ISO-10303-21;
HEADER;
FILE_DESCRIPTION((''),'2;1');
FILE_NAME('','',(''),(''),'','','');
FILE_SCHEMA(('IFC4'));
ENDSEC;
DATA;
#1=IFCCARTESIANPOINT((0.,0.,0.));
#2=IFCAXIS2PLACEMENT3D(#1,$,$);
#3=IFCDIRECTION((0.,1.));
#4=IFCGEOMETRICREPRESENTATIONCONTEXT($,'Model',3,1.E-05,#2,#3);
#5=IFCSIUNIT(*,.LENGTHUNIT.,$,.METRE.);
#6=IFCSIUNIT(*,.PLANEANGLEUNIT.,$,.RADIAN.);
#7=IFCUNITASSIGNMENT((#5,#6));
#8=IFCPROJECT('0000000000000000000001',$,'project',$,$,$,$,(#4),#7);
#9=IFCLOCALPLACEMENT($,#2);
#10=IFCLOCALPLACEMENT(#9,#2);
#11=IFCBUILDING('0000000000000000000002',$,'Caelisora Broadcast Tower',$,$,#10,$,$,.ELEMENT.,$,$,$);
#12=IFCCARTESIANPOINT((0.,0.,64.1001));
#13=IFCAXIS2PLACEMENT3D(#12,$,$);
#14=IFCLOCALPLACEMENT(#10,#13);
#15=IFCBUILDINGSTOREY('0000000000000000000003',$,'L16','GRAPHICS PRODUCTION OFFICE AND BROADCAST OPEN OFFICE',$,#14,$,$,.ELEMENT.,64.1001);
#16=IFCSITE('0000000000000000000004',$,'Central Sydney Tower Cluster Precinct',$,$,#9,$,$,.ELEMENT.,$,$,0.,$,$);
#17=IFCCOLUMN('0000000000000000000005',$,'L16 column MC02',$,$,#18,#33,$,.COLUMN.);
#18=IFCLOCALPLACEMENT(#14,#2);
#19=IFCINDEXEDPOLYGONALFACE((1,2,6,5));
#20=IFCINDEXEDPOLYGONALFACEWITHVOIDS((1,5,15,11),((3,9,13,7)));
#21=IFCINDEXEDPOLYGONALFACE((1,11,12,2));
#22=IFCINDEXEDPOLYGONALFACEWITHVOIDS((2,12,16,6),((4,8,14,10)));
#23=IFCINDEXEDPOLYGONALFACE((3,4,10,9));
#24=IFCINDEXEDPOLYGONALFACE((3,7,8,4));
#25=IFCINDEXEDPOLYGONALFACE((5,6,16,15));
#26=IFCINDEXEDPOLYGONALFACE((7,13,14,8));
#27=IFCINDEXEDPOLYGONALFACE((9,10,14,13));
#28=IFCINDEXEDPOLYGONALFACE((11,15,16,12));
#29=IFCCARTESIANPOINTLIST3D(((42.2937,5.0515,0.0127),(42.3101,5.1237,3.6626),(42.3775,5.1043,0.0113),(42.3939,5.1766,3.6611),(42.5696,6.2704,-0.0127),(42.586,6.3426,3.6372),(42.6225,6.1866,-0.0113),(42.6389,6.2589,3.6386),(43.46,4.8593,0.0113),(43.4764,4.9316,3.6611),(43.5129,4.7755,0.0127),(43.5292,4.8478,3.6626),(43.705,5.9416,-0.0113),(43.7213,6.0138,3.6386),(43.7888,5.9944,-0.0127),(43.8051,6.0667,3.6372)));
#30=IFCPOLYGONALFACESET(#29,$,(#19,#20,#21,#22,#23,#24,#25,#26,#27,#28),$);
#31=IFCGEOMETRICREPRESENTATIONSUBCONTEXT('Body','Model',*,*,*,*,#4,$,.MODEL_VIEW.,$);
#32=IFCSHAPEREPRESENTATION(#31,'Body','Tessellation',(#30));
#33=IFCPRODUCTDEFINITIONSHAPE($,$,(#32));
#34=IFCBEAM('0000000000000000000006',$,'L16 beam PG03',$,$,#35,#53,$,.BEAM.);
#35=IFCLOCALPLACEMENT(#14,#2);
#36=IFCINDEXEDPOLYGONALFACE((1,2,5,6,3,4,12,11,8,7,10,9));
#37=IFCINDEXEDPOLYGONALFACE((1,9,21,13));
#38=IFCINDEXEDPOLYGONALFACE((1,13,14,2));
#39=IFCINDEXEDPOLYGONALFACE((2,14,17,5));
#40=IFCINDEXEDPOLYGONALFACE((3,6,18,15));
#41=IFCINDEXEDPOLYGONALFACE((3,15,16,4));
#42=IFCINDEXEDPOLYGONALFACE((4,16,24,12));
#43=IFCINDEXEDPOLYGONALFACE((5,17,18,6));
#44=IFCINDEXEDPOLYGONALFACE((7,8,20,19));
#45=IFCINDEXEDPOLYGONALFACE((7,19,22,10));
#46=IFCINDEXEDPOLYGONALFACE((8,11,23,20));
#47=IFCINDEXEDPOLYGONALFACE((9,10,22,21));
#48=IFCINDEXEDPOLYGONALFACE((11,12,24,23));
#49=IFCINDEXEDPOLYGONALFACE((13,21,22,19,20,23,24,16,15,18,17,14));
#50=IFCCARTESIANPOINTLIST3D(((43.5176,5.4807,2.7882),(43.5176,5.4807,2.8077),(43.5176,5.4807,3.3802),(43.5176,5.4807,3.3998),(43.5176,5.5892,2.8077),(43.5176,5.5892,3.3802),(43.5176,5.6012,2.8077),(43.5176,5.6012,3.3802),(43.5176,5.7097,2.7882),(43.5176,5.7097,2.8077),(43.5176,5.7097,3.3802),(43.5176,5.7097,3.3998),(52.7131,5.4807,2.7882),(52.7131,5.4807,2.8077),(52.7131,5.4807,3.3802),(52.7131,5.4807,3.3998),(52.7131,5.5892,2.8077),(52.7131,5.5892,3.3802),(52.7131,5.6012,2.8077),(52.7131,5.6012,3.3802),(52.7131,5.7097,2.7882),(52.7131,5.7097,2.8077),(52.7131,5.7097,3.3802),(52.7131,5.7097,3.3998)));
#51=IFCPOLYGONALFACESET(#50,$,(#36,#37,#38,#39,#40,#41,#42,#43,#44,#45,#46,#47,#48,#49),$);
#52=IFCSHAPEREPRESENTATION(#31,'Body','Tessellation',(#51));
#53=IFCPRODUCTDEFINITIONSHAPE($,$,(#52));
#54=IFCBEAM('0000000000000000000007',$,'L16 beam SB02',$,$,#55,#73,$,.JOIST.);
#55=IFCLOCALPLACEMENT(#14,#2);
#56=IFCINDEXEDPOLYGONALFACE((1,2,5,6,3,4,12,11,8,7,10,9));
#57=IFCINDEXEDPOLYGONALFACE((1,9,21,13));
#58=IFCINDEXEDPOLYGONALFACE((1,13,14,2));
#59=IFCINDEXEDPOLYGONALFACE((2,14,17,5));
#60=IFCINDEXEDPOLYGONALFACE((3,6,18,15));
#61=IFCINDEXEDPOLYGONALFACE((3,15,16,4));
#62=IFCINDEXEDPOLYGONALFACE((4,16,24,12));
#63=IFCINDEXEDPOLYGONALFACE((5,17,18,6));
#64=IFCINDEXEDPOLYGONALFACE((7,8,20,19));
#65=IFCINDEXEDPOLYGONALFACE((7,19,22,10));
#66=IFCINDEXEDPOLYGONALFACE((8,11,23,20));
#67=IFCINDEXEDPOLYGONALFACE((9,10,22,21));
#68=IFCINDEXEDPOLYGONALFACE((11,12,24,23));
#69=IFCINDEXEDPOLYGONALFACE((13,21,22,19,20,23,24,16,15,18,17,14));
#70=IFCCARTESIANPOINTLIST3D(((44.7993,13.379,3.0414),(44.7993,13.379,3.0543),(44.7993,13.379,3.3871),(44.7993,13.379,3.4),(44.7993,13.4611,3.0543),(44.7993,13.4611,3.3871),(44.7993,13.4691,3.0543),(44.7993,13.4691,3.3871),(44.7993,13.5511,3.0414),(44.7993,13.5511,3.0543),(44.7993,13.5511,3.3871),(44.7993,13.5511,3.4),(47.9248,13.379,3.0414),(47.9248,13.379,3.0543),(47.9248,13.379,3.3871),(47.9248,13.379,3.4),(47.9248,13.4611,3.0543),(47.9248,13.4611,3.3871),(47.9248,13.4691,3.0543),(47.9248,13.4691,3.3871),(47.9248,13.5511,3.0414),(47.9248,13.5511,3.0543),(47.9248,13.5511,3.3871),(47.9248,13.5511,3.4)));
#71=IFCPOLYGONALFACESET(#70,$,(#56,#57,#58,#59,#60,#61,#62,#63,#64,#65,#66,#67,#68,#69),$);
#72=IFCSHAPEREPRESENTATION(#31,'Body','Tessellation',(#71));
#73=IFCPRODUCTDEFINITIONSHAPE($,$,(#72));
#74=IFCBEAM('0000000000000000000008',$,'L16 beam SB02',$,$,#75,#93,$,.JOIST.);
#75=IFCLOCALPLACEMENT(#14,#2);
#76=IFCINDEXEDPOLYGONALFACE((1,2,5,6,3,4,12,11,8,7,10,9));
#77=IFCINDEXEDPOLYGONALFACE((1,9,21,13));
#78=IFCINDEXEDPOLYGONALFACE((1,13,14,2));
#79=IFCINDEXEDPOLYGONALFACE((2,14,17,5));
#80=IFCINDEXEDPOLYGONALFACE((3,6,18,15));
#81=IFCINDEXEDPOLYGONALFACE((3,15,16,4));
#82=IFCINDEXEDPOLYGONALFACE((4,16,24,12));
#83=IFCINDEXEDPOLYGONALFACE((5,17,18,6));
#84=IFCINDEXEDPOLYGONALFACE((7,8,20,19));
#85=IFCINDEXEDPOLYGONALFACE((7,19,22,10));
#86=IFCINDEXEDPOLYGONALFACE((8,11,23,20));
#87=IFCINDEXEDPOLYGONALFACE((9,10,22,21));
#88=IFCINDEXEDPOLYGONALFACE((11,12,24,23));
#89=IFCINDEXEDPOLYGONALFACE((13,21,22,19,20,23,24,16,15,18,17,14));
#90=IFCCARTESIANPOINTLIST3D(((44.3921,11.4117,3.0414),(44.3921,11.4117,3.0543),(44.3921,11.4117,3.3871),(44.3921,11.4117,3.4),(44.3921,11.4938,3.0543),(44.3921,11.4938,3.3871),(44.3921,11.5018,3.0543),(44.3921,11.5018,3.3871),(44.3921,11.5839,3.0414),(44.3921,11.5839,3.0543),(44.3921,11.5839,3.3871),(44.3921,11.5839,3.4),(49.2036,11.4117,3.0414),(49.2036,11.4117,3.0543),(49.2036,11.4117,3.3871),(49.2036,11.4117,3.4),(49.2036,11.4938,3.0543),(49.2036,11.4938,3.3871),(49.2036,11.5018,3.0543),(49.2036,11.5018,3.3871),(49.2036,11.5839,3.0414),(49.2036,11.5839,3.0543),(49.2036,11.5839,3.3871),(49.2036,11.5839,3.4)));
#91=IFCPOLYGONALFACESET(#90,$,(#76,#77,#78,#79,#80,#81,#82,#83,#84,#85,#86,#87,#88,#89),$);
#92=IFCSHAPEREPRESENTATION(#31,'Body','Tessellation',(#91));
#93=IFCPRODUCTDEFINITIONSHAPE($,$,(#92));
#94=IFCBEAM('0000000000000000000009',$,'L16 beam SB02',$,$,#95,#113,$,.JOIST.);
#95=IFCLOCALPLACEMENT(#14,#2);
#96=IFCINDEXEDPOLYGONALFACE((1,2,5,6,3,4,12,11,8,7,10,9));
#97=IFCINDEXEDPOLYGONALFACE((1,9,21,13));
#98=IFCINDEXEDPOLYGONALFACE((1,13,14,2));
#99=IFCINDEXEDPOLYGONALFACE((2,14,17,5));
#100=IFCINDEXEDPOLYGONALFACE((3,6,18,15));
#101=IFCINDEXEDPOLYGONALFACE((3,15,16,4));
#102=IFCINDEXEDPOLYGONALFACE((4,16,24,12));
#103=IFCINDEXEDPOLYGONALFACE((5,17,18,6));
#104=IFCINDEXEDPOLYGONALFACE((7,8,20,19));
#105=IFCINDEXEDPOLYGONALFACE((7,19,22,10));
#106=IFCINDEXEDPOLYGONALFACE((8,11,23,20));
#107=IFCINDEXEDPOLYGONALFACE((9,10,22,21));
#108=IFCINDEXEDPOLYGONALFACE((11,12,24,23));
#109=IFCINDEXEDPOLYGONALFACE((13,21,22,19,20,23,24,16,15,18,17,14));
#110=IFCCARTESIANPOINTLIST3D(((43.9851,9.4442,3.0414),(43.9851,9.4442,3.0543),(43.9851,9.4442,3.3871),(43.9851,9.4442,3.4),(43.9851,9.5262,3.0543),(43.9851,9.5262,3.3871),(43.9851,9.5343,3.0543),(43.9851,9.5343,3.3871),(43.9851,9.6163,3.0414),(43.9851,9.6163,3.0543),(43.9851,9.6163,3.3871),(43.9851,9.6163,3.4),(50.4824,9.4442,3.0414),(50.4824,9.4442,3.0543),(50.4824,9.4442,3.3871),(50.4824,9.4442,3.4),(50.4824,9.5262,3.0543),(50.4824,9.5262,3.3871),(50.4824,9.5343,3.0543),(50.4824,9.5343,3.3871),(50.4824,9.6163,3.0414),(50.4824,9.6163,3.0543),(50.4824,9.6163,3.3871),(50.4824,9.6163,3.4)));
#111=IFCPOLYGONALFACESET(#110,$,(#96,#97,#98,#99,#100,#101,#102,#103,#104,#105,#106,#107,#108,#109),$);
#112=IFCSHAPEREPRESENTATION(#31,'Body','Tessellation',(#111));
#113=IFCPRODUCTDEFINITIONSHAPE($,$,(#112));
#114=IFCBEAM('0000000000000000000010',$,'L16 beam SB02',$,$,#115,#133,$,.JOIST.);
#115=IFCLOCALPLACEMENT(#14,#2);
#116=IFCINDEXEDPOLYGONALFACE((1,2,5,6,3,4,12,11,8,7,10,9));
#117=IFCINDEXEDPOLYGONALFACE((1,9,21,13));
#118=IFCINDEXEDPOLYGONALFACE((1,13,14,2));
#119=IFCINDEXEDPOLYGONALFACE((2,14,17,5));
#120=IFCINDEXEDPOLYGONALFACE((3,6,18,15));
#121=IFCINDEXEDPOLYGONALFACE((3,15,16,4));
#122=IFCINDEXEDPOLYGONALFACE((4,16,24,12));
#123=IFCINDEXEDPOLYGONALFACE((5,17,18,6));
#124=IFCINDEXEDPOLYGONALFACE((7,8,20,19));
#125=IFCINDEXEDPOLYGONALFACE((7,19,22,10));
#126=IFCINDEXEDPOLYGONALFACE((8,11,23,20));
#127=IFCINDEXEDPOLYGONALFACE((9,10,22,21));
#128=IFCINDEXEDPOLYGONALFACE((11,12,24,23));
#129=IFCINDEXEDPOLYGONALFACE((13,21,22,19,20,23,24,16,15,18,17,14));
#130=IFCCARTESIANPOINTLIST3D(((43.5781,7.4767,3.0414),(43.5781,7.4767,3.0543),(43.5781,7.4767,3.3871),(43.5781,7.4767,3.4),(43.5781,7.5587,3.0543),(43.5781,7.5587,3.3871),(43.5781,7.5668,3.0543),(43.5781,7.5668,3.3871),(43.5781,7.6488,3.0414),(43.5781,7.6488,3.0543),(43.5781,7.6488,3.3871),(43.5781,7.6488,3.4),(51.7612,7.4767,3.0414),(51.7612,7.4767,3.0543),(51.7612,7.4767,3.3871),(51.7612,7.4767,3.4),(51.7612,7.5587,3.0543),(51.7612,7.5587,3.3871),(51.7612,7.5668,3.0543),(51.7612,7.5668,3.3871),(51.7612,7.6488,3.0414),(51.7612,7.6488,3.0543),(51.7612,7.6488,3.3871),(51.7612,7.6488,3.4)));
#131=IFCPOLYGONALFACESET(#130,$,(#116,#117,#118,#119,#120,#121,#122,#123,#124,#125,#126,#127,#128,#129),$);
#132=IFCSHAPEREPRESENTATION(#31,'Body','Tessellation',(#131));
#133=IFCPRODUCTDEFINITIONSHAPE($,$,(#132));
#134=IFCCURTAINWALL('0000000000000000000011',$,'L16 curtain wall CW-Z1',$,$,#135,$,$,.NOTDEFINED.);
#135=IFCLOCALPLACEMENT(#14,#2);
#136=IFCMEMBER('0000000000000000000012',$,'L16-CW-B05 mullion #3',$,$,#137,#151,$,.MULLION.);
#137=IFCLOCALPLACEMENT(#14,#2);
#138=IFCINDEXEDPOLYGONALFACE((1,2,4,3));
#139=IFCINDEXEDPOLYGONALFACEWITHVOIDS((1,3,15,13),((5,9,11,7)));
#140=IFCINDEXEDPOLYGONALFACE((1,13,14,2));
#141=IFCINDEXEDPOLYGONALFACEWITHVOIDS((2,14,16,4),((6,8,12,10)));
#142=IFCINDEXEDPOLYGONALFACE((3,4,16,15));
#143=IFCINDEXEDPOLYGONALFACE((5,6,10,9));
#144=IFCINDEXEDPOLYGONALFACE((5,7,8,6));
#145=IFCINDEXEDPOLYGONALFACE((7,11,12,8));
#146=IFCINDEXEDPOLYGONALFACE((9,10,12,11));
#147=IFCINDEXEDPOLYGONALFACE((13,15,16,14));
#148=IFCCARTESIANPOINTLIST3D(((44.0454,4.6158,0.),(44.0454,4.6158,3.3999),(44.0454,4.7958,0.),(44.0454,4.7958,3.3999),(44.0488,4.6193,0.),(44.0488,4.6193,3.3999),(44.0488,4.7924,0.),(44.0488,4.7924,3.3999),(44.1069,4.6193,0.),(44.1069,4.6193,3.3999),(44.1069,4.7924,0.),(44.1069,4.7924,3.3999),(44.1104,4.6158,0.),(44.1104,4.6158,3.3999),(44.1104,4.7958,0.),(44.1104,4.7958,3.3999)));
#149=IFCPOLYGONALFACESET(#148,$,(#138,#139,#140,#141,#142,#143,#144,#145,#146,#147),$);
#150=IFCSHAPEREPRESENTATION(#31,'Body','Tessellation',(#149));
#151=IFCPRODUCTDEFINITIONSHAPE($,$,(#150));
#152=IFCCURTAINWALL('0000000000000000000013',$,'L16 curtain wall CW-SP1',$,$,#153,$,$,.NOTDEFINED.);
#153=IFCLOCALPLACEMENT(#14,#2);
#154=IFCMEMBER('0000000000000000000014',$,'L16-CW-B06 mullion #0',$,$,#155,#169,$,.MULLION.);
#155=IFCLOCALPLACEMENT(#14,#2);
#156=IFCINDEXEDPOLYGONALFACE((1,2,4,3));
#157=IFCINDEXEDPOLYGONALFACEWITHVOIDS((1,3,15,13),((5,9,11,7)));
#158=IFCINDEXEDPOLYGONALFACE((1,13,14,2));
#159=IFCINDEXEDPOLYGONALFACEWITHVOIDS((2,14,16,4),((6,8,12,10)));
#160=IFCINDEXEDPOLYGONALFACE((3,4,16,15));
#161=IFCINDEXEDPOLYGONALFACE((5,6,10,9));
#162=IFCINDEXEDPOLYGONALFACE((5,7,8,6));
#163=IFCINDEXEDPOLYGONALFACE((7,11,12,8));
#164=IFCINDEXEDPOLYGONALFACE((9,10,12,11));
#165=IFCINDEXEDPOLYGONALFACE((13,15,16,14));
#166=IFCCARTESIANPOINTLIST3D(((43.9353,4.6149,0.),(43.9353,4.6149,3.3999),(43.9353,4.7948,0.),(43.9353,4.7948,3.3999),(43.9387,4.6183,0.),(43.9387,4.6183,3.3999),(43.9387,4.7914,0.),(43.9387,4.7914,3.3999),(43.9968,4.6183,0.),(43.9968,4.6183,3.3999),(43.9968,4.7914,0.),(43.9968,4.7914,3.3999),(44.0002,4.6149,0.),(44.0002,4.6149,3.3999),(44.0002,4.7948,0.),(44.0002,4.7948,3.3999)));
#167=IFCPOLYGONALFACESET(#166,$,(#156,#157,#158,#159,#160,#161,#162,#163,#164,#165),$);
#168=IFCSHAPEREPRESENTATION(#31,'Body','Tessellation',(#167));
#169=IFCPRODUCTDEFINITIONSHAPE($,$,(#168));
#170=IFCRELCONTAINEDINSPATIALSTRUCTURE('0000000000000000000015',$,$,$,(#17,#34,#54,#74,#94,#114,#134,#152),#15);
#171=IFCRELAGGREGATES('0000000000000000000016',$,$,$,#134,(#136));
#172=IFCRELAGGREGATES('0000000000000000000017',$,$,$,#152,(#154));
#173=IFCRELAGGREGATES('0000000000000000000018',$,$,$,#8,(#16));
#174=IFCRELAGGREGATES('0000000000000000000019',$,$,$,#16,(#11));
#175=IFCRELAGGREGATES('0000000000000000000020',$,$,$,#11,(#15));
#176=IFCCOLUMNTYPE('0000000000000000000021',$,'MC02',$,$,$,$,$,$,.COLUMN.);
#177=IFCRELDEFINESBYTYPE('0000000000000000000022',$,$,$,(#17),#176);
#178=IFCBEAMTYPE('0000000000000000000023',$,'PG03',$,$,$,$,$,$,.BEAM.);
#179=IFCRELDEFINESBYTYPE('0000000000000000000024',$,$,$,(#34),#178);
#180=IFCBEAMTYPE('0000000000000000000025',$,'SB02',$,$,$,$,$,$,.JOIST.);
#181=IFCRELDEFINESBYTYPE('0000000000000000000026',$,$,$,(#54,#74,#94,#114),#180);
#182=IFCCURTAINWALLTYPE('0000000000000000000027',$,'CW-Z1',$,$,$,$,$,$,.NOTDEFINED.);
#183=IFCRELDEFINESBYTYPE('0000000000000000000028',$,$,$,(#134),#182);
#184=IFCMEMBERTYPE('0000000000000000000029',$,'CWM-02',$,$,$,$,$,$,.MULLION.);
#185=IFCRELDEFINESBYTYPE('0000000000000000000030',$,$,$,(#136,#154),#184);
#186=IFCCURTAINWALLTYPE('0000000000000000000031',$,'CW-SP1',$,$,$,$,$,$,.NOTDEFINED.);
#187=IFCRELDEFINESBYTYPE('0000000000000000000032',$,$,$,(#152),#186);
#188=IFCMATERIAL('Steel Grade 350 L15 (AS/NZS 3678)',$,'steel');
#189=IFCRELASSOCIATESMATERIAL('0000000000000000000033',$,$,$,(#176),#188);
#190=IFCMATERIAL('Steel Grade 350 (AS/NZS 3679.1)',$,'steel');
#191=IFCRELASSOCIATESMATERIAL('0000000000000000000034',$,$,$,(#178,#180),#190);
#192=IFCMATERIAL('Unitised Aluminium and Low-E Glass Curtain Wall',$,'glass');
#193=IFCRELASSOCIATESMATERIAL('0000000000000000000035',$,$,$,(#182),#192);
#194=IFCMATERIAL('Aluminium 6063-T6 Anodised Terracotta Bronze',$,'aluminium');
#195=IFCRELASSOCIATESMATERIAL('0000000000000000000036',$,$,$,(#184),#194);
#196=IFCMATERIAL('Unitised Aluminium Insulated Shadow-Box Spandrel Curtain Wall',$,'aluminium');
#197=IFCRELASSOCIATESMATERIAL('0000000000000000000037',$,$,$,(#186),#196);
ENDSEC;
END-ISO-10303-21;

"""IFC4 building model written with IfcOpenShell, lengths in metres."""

from ifc_helpers import new_model, si_unit, direction, frame, origin, origin_2d, place, context, subcontext, project, spatial, hollow_rectangle, i_section, extrude, source, transform, mapped, material, material_profile, profile_set, type_object, type_shapes, element, aggregate, save


model = new_model("IFC4")

# Units and contexts
model_context = context("Model", 3, precision=1e-05, world=origin(), true_north=direction((0.0, 1.0)))
body_context = subcontext(model_context, "Body", "Model", "MODEL_VIEW")
ifc_project = project(units=[si_unit("LENGTHUNIT", "METRE"), si_unit("PLANEANGLEUNIT", "RADIAN")], contexts=[model_context])

# Site, building, storey
site_placement = place(None, origin())
site = spatial("IfcSite", under=ifc_project, at=site_placement, Name="Central Sydney Tower Cluster Precinct", CompositionType="ELEMENT", RefElevation=0.0)
building_placement = place(site_placement, origin())
building = spatial("IfcBuilding", under=site, at=building_placement, Name="Caelisora Broadcast Tower", CompositionType="ELEMENT")
storey_placement = place(building_placement, frame((0.0, 0.0, 64.1001)))
storey = spatial("IfcBuildingStorey", under=building, at=storey_placement, Name="L16", Description="GRAPHICS PRODUCTION OFFICE AND BROADCAST OPEN OFFICE", CompositionType="ELEMENT", Elevation=64.1001)

# Column
ifc_material_1 = material(Name="Steel Grade 350 L15 (AS/NZS 3678)", Category="steel")
ifc_material_profile_1 = material_profile(ifc_material_1, hollow_rectangle(XDim=1.25, YDim=1.25, WallThickness=0.0701, at=origin_2d()), Name="Steel Grade 350 L15 (AS/NZS 3678)")
ifc_profile_set_1 = profile_set([ifc_material_profile_1], Name="Steel Grade 350 L15 (AS/NZS 3678)")
column_type = type_object("IfcColumnType", Name="MC02", PredefinedType="COLUMN", material=ifc_profile_set_1)
shared_shape_1 = source(origin(), body_context, "Body", "SweptSolid", [
    extrude(hollow_rectangle(XDim=1.25, YDim=1.25, WallThickness=0.0701, at=origin_2d()), origin(), (0.0, 0.0, 1.0), 3.6506),
])
type_shapes(column_type, [shared_shape_1])
column_placement = place(storey_placement, frame((43.0413, 5.5229, 0.0), z_axis=(0.004481, 0.019795, 0.999794), x_axis=(-0.975327, 0.220767, 0.0)))
element("IfcColumn", 1, at=column_placement, inside=storey, type_object=column_type, Name="L16 column MC02", PredefinedType="COLUMN", context=body_context, shape_type="MappedRepresentation", body=[
    mapped(shared_shape_1, transform((0.0, 0.0, 0.0), scale=1.0)),
])

# Beams
ifc_material_2 = material(Name="Steel Grade 350 (AS/NZS 3679.1)", Category="steel")
ifc_material_profile_2 = material_profile(ifc_material_2, i_section(OverallWidth=0.229, OverallDepth=0.6116, WebThickness=0.012, FlangeThickness=0.0195, at=origin_2d()), Name="Steel Grade 350 (AS/NZS 3679.1)")
ifc_profile_set_2 = profile_set([ifc_material_profile_2], Name="Steel Grade 350 (AS/NZS 3679.1)")
beam_type_1 = type_object("IfcBeamType", Name="PG03", PredefinedType="BEAM", material=ifc_profile_set_2)
shared_shape_2 = source(origin(), body_context, "Body", "SweptSolid", [
    extrude(i_section(OverallWidth=0.229, OverallDepth=0.6116, WebThickness=0.012, FlangeThickness=0.0195, at=origin_2d()), origin(), (0.0, 0.0, 1.0), 9.1956),
])
type_shapes(beam_type_1, [shared_shape_2])
beam_1_placement = place(storey_placement, frame((43.5176, 5.5952, 3.094), z_axis=(1.0, 0.0, 0.0), x_axis=(0.0, 1.0, 0.0)))
element("IfcBeam", 2, at=beam_1_placement, inside=storey, type_object=beam_type_1, Name="L16 beam PG03", PredefinedType="BEAM", context=body_context, shape_type="MappedRepresentation", body=[
    mapped(shared_shape_2, transform((0.0, 0.0, 0.0), scale=1.0)),
])
ifc_material_profile_3 = material_profile(ifc_material_2, i_section(OverallWidth=0.1721, OverallDepth=0.3586, WebThickness=0.0081, FlangeThickness=0.0129, at=origin_2d()), Name="Steel Grade 350 (AS/NZS 3679.1)")
ifc_profile_set_3 = profile_set([ifc_material_profile_3], Name="Steel Grade 350 (AS/NZS 3679.1)")
beam_type_2 = type_object("IfcBeamType", Name="SB02", PredefinedType="JOIST", material=ifc_profile_set_3)
shared_shape_3 = source(origin(), body_context, "Body", "SweptSolid", [
    extrude(i_section(OverallWidth=0.1721, OverallDepth=0.3586, WebThickness=0.0081, FlangeThickness=0.0129, at=origin_2d()), origin(), (0.0, 0.0, 1.0), 3.1255),
])
beam_2_placement = place(storey_placement, frame((44.7993, 13.4651, 3.2207), z_axis=(1.0, 0.0, 0.0), x_axis=(0.0, 1.0, 0.0)))
element("IfcBeam", 3, at=beam_2_placement, inside=storey, type_object=beam_type_2, Name="L16 beam SB02", PredefinedType="JOIST", context=body_context, shape_type="MappedRepresentation", body=[
    mapped(shared_shape_3, transform((0.0, 0.0, 0.0), scale=1.0)),
])
shared_shape_4 = source(origin(), body_context, "Body", "SweptSolid", [
    extrude(i_section(OverallWidth=0.1721, OverallDepth=0.3586, WebThickness=0.0081, FlangeThickness=0.0129, at=origin_2d()), origin(), (0.0, 0.0, 1.0), 4.8115),
])
beam_3_placement = place(storey_placement, frame((44.3921, 11.4978, 3.2207), z_axis=(1.0, 0.0, 0.0), x_axis=(0.0, 1.0, 0.0)))
element("IfcBeam", 4, at=beam_3_placement, inside=storey, type_object=beam_type_2, Name="L16 beam SB02", PredefinedType="JOIST", context=body_context, shape_type="MappedRepresentation", body=[
    mapped(shared_shape_4, transform((0.0, 0.0, 0.0), scale=1.0)),
])
shared_shape_5 = source(origin(), body_context, "Body", "SweptSolid", [
    extrude(i_section(OverallWidth=0.1721, OverallDepth=0.3586, WebThickness=0.0081, FlangeThickness=0.0129, at=origin_2d()), origin(), (0.0, 0.0, 1.0), 6.4973),
])
beam_4_placement = place(storey_placement, frame((43.9851, 9.5303, 3.2207), z_axis=(1.0, 0.0, 0.0), x_axis=(0.0, 1.0, 0.0)))
element("IfcBeam", 5, at=beam_4_placement, inside=storey, type_object=beam_type_2, Name="L16 beam SB02", PredefinedType="JOIST", context=body_context, shape_type="MappedRepresentation", body=[
    mapped(shared_shape_5, transform((0.0, 0.0, 0.0), scale=1.0)),
])
shared_shape_6 = source(origin(), body_context, "Body", "SweptSolid", [
    extrude(i_section(OverallWidth=0.1721, OverallDepth=0.3586, WebThickness=0.0081, FlangeThickness=0.0129, at=origin_2d()), origin(), (0.0, 0.0, 1.0), 8.1831),
])
type_shapes(beam_type_2, [shared_shape_3, shared_shape_4, shared_shape_5, shared_shape_6])
beam_5_placement = place(storey_placement, frame((43.5781, 7.5627, 3.2207), z_axis=(1.0, 0.0, 0.0), x_axis=(0.0, 1.0, 0.0)))
element("IfcBeam", 6, at=beam_5_placement, inside=storey, type_object=beam_type_2, Name="L16 beam SB02", PredefinedType="JOIST", context=body_context, shape_type="MappedRepresentation", body=[
    mapped(shared_shape_6, transform((0.0, 0.0, 0.0), scale=1.0)),
])

# Curtain wall, member
ifc_material_3 = material(Name="Unitised Aluminium and Low-E Glass Curtain Wall", Category="glass")
curtain_wall_type_1 = type_object("IfcCurtainWallType", Name="CW-Z1", PredefinedType="NOTDEFINED", material=ifc_material_3)
curtain_wall_1_placement = place(storey_placement, origin())
curtain_wall_1 = element("IfcCurtainWall", 7, at=curtain_wall_1_placement, inside=storey, type_object=curtain_wall_type_1, Name="L16 curtain wall CW-Z1", PredefinedType="NOTDEFINED")
ifc_material_4 = material(Name="Aluminium 6063-T6 Anodised Terracotta Bronze", Category="aluminium")
ifc_material_profile_4 = material_profile(ifc_material_4, hollow_rectangle(XDim=0.0649, YDim=0.1799, WallThickness=0.0034, at=origin_2d()), Name="Aluminium 6063-T6 Anodised Terracotta Bronze")
ifc_profile_set_4 = profile_set([ifc_material_profile_4], Name="Aluminium 6063-T6 Anodised Terracotta Bronze")
member_type_1 = type_object("IfcMemberType", Name="CWM-02", PredefinedType="MULLION", material=ifc_profile_set_4)
shared_shape_7 = source(origin(), body_context, "Body", "SweptSolid", [
    extrude(hollow_rectangle(XDim=0.0649, YDim=0.1799, WallThickness=0.0034, at=origin_2d()), origin(), (0.0, 0.0, 1.0), 3.3999),
])
type_shapes(member_type_1, [shared_shape_7])
member_1_placement = place(storey_placement, frame((44.0779, 4.7058, 0.0), z_axis=(0.0, 0.0, 1.0), x_axis=(1.0, 0.0, 0.0)))
member_1 = element("IfcMember", 8, at=member_1_placement, type_object=member_type_1, Name="L16-CW-B05 mullion #3", PredefinedType="MULLION", context=body_context, shape_type="MappedRepresentation", body=[
    mapped(shared_shape_7, transform((0.0, 0.0, 0.0), scale=1.0)),
])
aggregate(curtain_wall_1, [member_1])

# Curtain wall, member
ifc_material_5 = material(Name="Unitised Aluminium Insulated Shadow-Box Spandrel Curtain Wall", Category="aluminium")
curtain_wall_type_2 = type_object("IfcCurtainWallType", Name="CW-SP1", PredefinedType="NOTDEFINED", material=ifc_material_5)
curtain_wall_2_placement = place(storey_placement, origin())
curtain_wall_2 = element("IfcCurtainWall", 9, at=curtain_wall_2_placement, inside=storey, type_object=curtain_wall_type_2, Name="L16 curtain wall CW-SP1", PredefinedType="NOTDEFINED")
member_2_placement = place(storey_placement, frame((43.9678, 4.7048, 0.0), z_axis=(0.0, 0.0, 1.0), x_axis=(1.0, 0.0, 0.0)))
member_2 = element("IfcMember", 10, at=member_2_placement, type_object=member_type_1, Name="L16-CW-B06 mullion #0", PredefinedType="MULLION", context=body_context, shape_type="MappedRepresentation", body=[
    mapped(shared_shape_7, transform((0.0, 0.0, 0.0), scale=1.0)),
])

aggregate(curtain_wall_2, [member_2])

save(model, "model.ifc")
